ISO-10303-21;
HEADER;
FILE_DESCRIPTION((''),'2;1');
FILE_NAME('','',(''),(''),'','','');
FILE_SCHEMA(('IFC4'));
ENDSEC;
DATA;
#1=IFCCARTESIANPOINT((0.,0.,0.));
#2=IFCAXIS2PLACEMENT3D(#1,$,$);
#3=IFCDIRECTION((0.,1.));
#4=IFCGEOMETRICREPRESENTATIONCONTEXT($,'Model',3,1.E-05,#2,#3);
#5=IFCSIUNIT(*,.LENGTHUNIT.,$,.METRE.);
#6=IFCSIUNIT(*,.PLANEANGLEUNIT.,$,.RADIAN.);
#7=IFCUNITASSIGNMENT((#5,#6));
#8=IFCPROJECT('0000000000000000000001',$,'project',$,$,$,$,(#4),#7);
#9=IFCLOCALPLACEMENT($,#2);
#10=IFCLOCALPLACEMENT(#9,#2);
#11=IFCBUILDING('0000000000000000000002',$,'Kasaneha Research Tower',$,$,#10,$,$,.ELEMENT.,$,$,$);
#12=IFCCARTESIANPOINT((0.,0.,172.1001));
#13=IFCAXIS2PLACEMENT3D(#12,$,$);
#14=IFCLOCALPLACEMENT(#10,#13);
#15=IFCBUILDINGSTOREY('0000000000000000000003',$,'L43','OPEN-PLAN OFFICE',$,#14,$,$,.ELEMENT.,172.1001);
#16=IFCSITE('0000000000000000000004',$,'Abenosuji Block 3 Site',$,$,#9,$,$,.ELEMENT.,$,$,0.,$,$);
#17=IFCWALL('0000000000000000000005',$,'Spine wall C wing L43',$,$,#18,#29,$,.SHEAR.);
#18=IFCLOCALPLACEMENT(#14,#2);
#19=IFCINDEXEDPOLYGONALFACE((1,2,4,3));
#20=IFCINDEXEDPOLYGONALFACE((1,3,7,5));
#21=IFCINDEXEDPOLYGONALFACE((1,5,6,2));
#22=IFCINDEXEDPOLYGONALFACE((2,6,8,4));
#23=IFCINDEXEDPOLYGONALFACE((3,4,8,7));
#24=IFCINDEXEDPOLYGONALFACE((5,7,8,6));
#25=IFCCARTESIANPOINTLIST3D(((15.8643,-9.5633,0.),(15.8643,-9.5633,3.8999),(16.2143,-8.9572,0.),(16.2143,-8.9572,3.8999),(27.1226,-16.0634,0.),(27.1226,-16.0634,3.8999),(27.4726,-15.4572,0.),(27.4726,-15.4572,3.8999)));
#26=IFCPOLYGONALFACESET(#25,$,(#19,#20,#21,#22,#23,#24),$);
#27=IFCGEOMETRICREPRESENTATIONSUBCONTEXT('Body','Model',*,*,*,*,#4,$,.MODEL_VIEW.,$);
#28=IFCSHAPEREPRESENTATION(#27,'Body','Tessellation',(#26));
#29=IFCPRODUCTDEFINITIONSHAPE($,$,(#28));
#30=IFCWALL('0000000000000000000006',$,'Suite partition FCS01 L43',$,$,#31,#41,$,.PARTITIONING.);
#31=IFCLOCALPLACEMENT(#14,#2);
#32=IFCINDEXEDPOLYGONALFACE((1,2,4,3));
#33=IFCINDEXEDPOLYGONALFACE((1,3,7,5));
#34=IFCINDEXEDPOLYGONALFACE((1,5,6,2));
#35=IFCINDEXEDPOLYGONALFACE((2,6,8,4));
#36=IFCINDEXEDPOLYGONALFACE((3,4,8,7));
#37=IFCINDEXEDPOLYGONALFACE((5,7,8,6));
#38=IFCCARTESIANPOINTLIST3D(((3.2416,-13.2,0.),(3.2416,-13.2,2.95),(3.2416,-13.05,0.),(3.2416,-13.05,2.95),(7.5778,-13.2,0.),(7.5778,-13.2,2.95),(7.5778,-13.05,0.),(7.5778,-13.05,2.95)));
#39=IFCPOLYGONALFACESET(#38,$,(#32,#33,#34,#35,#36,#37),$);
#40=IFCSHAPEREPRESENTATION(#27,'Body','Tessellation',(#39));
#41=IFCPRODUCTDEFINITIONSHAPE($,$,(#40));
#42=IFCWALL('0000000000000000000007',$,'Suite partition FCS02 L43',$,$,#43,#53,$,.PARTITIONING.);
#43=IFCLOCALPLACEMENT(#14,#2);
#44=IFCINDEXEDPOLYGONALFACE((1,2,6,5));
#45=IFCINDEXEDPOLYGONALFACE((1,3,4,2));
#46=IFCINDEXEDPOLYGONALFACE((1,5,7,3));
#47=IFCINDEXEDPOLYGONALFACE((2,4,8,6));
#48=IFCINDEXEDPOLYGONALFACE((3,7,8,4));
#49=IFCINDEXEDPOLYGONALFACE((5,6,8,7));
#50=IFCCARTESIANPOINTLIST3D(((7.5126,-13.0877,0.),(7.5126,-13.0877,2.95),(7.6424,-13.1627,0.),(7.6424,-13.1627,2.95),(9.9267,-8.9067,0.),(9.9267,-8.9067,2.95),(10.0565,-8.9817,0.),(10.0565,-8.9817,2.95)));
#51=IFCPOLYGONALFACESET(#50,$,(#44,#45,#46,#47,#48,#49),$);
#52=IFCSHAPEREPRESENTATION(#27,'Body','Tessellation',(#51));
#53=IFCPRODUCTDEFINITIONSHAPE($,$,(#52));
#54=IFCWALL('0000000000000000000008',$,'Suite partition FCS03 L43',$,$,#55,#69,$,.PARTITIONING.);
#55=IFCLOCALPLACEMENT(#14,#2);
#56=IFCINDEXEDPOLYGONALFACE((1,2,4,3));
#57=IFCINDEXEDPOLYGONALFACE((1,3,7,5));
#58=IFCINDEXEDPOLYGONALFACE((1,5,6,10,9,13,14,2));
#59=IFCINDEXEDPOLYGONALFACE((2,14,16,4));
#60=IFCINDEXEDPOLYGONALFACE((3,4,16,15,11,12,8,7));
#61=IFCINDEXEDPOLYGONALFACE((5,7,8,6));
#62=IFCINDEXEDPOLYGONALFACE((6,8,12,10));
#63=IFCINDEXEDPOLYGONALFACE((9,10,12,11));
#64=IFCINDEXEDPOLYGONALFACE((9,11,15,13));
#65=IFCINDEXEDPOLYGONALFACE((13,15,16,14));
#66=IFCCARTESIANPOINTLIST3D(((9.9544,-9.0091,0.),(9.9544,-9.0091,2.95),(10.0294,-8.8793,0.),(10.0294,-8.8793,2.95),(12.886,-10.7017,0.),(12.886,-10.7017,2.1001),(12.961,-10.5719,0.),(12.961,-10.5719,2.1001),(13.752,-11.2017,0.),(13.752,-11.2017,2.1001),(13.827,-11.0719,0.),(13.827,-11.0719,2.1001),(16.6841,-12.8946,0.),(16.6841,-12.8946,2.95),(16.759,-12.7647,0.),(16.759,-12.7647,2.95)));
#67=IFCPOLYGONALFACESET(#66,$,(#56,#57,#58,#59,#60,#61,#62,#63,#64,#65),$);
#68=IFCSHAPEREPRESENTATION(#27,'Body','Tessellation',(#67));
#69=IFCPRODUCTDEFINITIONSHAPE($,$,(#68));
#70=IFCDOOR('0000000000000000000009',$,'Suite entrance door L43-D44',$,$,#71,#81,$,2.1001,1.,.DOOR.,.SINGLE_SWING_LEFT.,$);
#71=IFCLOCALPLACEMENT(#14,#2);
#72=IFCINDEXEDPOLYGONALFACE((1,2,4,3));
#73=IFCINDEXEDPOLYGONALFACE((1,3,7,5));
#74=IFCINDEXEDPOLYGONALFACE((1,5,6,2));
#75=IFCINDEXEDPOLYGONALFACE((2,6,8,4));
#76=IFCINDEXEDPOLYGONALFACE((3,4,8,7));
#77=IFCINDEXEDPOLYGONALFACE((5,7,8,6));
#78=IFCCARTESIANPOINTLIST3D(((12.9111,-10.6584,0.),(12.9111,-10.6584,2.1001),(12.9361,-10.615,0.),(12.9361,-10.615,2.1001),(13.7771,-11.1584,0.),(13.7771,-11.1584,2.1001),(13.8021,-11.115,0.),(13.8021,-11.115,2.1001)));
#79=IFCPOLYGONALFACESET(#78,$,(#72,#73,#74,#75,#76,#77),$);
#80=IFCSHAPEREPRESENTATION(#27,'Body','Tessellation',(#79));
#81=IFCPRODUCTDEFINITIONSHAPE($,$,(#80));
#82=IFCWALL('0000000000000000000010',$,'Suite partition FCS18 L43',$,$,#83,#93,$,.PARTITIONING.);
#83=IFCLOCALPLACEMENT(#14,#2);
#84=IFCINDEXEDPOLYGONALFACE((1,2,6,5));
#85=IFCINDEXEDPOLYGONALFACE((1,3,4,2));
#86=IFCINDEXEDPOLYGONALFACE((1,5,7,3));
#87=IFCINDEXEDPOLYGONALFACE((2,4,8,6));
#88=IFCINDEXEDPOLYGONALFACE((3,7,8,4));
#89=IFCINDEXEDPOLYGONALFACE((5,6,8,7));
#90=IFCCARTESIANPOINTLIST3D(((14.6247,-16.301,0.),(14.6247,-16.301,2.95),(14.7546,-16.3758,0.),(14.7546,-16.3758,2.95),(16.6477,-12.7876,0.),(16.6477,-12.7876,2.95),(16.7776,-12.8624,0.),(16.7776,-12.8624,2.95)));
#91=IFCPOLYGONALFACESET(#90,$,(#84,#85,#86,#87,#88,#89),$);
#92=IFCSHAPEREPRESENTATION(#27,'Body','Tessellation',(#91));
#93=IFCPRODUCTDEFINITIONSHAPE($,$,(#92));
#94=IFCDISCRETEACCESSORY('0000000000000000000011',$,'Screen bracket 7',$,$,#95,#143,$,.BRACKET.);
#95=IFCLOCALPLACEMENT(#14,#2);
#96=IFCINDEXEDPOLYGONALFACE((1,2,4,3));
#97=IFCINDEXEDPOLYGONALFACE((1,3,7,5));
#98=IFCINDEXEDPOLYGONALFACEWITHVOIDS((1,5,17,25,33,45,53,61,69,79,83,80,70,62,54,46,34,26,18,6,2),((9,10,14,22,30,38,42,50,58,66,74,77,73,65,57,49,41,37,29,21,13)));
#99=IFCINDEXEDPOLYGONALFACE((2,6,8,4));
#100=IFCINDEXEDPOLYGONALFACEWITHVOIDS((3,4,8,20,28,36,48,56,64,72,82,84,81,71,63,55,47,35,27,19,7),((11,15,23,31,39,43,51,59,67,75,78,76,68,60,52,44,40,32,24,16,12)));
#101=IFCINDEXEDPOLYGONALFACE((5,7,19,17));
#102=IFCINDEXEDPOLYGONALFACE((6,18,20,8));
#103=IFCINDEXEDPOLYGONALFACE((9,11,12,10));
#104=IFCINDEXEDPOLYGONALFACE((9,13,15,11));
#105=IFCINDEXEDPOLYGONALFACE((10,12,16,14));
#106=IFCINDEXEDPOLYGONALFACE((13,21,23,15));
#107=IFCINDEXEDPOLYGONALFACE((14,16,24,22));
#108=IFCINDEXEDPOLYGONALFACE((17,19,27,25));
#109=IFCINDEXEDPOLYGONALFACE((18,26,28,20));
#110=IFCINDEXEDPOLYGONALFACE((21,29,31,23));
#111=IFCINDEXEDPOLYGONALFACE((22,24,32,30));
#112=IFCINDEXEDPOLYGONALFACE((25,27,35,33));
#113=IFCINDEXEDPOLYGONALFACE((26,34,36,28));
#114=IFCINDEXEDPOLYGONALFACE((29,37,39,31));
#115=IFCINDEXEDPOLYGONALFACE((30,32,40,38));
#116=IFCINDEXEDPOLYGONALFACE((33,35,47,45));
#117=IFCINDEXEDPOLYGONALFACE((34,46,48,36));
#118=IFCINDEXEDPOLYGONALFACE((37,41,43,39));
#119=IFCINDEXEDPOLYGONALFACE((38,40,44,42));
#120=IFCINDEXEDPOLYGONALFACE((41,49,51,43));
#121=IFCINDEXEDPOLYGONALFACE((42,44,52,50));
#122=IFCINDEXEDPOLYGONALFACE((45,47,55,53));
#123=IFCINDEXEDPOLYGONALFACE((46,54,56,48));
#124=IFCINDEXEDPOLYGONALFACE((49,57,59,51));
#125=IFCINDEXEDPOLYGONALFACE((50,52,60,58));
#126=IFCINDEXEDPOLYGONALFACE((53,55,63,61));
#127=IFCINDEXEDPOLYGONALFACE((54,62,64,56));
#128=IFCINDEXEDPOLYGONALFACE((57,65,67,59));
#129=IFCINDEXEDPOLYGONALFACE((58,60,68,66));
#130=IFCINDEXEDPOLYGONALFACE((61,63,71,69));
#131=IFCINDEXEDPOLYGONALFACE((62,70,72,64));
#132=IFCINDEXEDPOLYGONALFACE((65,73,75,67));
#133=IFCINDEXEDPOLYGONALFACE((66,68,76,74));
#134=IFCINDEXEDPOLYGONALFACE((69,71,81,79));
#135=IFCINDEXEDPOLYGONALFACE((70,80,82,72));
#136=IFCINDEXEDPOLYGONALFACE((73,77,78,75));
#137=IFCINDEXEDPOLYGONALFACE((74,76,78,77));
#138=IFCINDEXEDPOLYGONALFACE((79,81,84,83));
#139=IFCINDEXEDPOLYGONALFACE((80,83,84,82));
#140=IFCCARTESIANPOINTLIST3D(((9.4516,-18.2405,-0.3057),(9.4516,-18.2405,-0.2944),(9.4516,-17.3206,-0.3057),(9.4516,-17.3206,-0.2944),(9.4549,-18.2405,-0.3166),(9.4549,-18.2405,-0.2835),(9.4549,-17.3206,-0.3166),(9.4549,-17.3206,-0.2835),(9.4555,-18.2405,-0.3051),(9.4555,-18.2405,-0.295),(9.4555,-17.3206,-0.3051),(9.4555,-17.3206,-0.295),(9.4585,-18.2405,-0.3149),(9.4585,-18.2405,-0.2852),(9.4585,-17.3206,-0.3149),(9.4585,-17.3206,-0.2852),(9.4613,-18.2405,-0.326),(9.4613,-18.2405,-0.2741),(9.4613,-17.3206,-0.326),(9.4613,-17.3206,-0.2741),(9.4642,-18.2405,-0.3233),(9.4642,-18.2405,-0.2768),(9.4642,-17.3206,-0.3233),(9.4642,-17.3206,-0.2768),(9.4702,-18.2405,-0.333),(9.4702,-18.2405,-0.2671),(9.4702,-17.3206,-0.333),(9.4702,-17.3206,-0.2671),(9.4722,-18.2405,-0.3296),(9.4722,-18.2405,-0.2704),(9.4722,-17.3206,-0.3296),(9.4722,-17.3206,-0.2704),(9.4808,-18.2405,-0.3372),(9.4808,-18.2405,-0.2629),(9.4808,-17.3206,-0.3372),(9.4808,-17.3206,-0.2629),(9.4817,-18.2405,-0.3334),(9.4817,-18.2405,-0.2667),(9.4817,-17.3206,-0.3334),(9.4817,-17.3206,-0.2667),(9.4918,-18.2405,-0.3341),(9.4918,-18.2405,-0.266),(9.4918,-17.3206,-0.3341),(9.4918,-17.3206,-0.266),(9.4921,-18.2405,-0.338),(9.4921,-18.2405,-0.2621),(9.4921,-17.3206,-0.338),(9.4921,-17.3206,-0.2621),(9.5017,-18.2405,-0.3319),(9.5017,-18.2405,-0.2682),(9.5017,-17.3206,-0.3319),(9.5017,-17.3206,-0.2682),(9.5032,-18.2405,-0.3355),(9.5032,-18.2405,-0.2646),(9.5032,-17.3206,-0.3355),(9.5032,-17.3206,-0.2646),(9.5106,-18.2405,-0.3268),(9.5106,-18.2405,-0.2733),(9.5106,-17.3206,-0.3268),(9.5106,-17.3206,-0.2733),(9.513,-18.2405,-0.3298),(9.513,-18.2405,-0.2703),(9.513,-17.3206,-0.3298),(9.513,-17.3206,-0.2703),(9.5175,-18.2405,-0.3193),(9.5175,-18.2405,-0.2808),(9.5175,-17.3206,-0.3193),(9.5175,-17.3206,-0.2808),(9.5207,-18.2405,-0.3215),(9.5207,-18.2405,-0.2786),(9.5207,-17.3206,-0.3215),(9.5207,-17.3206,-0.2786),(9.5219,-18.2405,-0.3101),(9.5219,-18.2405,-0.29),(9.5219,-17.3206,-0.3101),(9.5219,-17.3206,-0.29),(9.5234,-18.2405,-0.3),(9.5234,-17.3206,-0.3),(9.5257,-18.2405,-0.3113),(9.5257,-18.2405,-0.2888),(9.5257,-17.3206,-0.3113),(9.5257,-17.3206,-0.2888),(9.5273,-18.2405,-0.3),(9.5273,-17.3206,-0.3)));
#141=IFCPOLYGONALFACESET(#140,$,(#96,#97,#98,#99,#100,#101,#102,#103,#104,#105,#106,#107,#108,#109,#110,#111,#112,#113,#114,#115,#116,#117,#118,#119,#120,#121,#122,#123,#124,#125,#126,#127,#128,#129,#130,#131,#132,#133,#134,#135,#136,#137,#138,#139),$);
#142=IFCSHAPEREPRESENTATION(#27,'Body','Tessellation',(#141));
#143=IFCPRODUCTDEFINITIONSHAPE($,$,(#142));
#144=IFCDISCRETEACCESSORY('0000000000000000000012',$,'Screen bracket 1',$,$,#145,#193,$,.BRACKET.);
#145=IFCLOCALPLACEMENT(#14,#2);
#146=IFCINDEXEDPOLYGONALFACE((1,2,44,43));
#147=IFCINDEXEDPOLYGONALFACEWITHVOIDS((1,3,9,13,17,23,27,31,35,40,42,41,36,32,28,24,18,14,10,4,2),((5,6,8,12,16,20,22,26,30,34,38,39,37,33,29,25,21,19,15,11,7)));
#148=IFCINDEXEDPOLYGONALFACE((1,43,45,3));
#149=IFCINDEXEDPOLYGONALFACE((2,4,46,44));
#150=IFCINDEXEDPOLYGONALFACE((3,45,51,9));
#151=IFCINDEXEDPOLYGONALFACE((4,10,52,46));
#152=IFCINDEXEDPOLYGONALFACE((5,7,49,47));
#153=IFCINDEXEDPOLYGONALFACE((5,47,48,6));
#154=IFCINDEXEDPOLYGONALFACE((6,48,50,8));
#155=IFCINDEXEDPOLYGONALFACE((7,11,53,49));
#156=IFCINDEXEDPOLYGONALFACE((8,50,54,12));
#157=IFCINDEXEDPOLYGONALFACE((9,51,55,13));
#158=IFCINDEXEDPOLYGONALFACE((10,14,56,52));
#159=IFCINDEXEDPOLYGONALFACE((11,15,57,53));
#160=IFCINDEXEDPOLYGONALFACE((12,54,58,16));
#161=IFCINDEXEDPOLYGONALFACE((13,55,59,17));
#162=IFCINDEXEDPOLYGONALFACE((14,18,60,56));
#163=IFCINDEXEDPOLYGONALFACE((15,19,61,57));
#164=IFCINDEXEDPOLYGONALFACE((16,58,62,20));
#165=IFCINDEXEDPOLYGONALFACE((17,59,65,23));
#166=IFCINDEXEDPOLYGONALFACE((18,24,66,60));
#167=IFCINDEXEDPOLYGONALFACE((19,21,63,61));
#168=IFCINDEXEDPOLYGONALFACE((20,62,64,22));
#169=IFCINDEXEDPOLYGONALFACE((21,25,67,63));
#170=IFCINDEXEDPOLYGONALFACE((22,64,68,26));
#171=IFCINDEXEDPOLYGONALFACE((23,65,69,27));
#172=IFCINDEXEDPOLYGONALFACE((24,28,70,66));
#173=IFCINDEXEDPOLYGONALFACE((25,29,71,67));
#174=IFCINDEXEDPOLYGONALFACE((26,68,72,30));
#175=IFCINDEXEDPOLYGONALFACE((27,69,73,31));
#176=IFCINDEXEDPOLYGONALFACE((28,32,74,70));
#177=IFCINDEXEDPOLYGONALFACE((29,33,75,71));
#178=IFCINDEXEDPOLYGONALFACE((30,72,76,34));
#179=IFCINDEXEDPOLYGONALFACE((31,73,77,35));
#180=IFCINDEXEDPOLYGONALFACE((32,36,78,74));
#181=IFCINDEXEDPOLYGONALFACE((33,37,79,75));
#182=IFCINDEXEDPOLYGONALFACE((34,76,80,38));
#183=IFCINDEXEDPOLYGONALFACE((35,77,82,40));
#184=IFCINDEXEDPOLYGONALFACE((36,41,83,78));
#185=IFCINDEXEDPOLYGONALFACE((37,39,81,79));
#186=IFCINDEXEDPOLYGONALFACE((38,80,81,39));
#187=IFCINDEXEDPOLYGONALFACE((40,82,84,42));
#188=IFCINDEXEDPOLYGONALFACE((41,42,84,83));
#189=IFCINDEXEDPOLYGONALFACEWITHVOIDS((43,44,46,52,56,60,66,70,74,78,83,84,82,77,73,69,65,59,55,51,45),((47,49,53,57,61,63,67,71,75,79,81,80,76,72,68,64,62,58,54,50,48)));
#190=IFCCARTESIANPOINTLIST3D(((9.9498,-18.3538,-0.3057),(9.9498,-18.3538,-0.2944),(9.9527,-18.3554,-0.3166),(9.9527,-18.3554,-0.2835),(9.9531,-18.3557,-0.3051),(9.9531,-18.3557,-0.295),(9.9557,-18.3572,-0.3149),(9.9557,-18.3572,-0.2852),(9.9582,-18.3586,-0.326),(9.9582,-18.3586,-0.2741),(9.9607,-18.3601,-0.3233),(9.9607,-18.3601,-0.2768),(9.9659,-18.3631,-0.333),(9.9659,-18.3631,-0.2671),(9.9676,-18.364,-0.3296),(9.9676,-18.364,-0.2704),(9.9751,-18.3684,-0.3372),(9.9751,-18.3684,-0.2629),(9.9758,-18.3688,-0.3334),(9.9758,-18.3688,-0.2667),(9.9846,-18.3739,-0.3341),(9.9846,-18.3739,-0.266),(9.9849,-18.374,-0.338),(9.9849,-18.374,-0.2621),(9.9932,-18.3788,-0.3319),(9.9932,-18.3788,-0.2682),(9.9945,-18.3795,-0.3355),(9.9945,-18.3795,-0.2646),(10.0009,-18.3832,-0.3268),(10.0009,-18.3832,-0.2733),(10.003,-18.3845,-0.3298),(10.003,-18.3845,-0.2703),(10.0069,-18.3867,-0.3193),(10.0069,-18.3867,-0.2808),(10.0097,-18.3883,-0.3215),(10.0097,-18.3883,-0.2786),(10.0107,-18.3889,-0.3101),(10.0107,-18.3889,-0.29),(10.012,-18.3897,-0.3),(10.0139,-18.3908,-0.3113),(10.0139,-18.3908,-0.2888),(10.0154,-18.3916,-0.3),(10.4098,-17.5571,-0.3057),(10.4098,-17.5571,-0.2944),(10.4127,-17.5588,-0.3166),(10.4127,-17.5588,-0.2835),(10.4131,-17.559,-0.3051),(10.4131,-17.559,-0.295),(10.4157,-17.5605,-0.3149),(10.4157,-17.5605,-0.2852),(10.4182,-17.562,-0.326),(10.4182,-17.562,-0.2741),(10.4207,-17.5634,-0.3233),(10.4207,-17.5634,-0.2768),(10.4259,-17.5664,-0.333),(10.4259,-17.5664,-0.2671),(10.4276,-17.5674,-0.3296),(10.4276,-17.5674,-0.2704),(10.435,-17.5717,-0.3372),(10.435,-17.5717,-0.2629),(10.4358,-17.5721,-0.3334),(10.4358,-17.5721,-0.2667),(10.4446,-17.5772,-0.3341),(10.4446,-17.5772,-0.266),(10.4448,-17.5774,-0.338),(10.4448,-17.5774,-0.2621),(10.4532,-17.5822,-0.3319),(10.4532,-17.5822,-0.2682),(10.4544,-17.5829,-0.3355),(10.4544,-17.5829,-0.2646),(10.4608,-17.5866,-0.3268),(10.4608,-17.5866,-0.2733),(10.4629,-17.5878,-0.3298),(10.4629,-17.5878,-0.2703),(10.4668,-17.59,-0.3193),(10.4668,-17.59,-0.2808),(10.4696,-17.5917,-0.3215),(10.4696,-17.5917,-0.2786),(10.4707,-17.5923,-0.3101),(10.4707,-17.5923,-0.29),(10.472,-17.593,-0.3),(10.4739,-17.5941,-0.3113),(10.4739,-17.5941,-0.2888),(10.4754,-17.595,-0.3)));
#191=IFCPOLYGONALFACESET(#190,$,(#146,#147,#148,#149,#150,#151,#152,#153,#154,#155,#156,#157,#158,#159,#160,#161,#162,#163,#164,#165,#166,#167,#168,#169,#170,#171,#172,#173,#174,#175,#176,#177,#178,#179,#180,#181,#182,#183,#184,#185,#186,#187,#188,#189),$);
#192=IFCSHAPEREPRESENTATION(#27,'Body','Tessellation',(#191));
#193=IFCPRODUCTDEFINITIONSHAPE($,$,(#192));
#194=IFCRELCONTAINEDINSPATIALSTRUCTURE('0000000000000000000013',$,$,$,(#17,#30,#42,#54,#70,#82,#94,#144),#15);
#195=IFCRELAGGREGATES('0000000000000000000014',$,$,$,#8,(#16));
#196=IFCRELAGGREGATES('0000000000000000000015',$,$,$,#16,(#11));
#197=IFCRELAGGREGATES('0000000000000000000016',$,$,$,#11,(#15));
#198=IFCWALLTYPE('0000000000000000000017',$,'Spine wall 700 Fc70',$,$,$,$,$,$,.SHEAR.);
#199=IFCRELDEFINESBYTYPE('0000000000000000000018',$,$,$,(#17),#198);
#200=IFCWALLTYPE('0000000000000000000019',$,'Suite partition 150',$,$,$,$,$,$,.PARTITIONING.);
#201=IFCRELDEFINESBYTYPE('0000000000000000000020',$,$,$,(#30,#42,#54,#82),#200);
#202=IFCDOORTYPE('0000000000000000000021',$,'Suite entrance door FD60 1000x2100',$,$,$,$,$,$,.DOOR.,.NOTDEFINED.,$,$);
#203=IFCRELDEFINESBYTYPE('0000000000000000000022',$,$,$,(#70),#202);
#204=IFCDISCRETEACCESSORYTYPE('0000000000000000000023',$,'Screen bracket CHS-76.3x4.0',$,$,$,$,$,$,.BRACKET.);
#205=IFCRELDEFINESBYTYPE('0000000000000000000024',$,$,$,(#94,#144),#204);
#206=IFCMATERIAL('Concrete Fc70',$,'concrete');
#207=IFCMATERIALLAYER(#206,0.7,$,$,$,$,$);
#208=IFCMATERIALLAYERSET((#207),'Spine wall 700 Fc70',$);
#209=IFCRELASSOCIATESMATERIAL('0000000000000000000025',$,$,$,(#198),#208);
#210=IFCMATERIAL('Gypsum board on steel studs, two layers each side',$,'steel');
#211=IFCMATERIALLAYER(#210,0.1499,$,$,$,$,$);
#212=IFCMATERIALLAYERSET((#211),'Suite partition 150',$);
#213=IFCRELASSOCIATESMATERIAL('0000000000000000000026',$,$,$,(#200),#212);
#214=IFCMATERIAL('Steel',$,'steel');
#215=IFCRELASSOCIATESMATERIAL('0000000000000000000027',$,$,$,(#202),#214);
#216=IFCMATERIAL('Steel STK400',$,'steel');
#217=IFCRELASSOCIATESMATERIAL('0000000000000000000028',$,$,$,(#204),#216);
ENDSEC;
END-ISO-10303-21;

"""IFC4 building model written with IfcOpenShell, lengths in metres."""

from ifc_helpers import new_model, si_unit, direction, frame, frame_2d, origin, origin_2d, place, context, subcontext, project, spatial, rectangle, hollow_circle, extrude, material, layer, layer_set, material_profile, profile_set, type_object, element, fill, save


model = new_model("IFC4")

# Units and contexts
model_context = context("Model", 3, precision=1e-05, world=origin(), true_north=direction((0.0, 1.0)))
body_context = subcontext(model_context, "Body", "Model", "MODEL_VIEW")
ifc_project = project(units=[si_unit("LENGTHUNIT", "METRE"), si_unit("PLANEANGLEUNIT", "RADIAN")], contexts=[model_context])

# Site, building, storey
site_placement = place(None, origin())
site = spatial("IfcSite", under=ifc_project, at=site_placement, Name="Abenosuji Block 3 Site", CompositionType="ELEMENT", RefElevation=0.0)
building_placement = place(site_placement, origin())
building = spatial("IfcBuilding", under=site, at=building_placement, Name="Kasaneha Research Tower", CompositionType="ELEMENT")
storey_placement = place(building_placement, frame((0.0, 0.0, 172.1001)))
storey = spatial("IfcBuildingStorey", under=building, at=storey_placement, Name="L43", Description="OPEN-PLAN OFFICE", CompositionType="ELEMENT", Elevation=172.1001)

# Shared definitions
ifc_material_1 = material(Name="Concrete Fc70", Category="concrete")
ifc_layer_1 = layer(ifc_material_1, 0.7)
ifc_layer_set_1 = layer_set([ifc_layer_1], Name="Spine wall 700 Fc70")
wall_type_1 = type_object("IfcWallType", Name="Spine wall 700 Fc70", PredefinedType="SHEAR", material=ifc_layer_set_1)

# Walls
wall_1_placement = place(storey_placement, frame((16.0393, -9.2603, 0.0), z_axis=(0.0, 0.0, 1.0), x_axis=(0.866025, -0.500001, 0.0)))
element("IfcWall", 1, at=wall_1_placement, inside=storey, type_object=wall_type_1, Name="Spine wall C wing L43", PredefinedType="SHEAR", context=body_context, shape_type="SweptSolid", body=[
    extrude(rectangle(XDim=13.0, YDim=0.7, at=frame_2d((6.5, 0.0))), origin(), (0.0, 0.0, 1.0), 3.8999),
])
ifc_material_2 = material(Name="Gypsum board on steel studs, two layers each side", Category="steel")
ifc_layer_2 = layer(ifc_material_2, 0.1499)
ifc_layer_set_2 = layer_set([ifc_layer_2], Name="Suite partition 150")
wall_type_2 = type_object("IfcWallType", Name="Suite partition 150", PredefinedType="PARTITIONING", material=ifc_layer_set_2)
wall_2_placement = place(storey_placement, frame((7.5776, -13.125, 0.0), z_axis=(0.0, 0.0, 1.0), x_axis=(-1.0, 0.0, 0.0)))
element("IfcWall", 2, at=wall_2_placement, inside=storey, type_object=wall_type_2, Name="Suite partition FCS01 L43", PredefinedType="PARTITIONING", context=body_context, shape_type="SweptSolid", body=[
    extrude(rectangle(XDim=4.3362, YDim=0.1499, at=frame_2d((2.168, 0.0))), origin(), (0.0, 0.0, 1.0), 2.95),
])
wall_3_placement = place(storey_placement, frame((9.9917, -8.9441, 0.0), z_axis=(0.0, 0.0, 1.0), x_axis=(-0.500033, -0.866006, 0.0)))
element("IfcWall", 3, at=wall_3_placement, inside=storey, type_object=wall_type_2, Name="Suite partition FCS02 L43", PredefinedType="PARTITIONING", context=body_context, shape_type="SweptSolid", body=[
    extrude(rectangle(XDim=4.8279, YDim=0.1499, at=frame_2d((2.4141, 0.0))), origin(), (0.0, 0.0, 1.0), 2.95),
])

# Wall, opening, door
wall_4_placement = place(storey_placement, frame((16.7214, -12.8296, 0.0), z_axis=(0.0, 0.0, 1.0), x_axis=(-0.866021, 0.500008, 0.0)))
wall_4 = element("IfcWall", 4, at=wall_4_placement, inside=storey, type_object=wall_type_2, Name="Suite partition FCS03 L43", PredefinedType="PARTITIONING", context=body_context, shape_type="SweptSolid", body=[
    extrude(rectangle(XDim=7.7708, YDim=0.1499, at=frame_2d((3.8853, 0.0))), origin(), (0.0, 0.0, 1.0), 2.95),
])
opening_1_placement = place(wall_4_placement, frame((3.3855, 0.0, 0.0)))
opening_1 = element("IfcOpeningElement", 5, at=opening_1_placement, cuts=wall_4, PredefinedType="OPENING", context=body_context, shape_type="SweptSolid", body=[
    extrude(rectangle(XDim=1.0, YDim=2.1001, at=frame_2d((0.5, 1.05))), frame((0.0, 0.085, 0.0), z_axis=(0.0, -1.0, 0.0), x_axis=(1.0, 0.0, 0.0)), (0.0, 0.0, 1.0), 0.1699),
])
ifc_material_3 = material(Name="Steel", Category="steel")
door_type_1 = type_object("IfcDoorType", Name="Suite entrance door FD60 1000x2100", OperationType="NOTDEFINED", PredefinedType="DOOR", material=ifc_material_3)
door_1_placement = place(opening_1_placement, origin())
door_1 = element("IfcDoor", 6, at=door_1_placement, inside=storey, type_object=door_type_1, Name="Suite entrance door L43-D44", OperationType="SINGLE_SWING_LEFT", OverallHeight=2.1001, OverallWidth=1.0, PredefinedType="DOOR", context=body_context, shape_type="SweptSolid", body=[
    extrude(rectangle(XDim=1.0, YDim=2.1001, at=frame_2d((0.5, 1.05))), frame((0.0, 0.0249, 0.0), z_axis=(0.0, -1.0, 0.0), x_axis=(1.0, 0.0, 0.0)), (0.0, 0.0, 1.0), 0.05),
])
fill(opening_1, door_1)

# Wall
wall_5_placement = place(storey_placement, frame((16.7126, -12.825, 0.0), z_axis=(0.0, 0.0, 1.0), x_axis=(-0.498977, -0.866615, 0.0)))
element("IfcWall", 7, at=wall_5_placement, inside=storey, type_object=wall_type_2, Name="Suite partition FCS18 L43", PredefinedType="PARTITIONING", context=body_context, shape_type="SweptSolid", body=[
    extrude(rectangle(XDim=4.0542, YDim=0.1499, at=frame_2d((2.0271, 0.0))), origin(), (0.0, 0.0, 1.0), 2.95),
])

# Discrete accessories
ifc_material_4 = material(Name="Steel STK400", Category="steel")
ifc_material_profile_1 = material_profile(ifc_material_4, hollow_circle(Radius=0.0381, WallThickness=0.0039, at=origin_2d()), Name="CHS-76.3x4.0")
ifc_profile_set_1 = profile_set([ifc_material_profile_1], Name="Steel STK400")
discrete_accessory_type = type_object("IfcDiscreteAccessoryType", Name="Screen bracket CHS-76.3x4.0", PredefinedType="BRACKET", material=ifc_profile_set_1)
for number, where, z_axis, x_axis, name in (
    (8, (9.4893, -17.3206, -0.3), (0.0, -1.0, 0.0), (1.0, 0.0, 0.0), "Screen bracket 7"),
    (9, (10.4424, -17.5759, -0.3), (-0.500021, -0.866013, 0.0), (0.866013, -0.500021, 0.0), "Screen bracket 1"),
):
    element("IfcDiscreteAccessory", number, at=place(storey_placement, frame(where, z_axis=z_axis, x_axis=x_axis)), inside=storey, type_object=discrete_accessory_type, Name=name, PredefinedType="BRACKET", context=body_context, shape_type="SweptSolid", body=[
        extrude(hollow_circle(Radius=0.0381, WallThickness=0.0039, at=origin_2d()), origin(), (0.0, 0.0, 1.0), 0.9199),
    ])

save(model, "model.ifc")
